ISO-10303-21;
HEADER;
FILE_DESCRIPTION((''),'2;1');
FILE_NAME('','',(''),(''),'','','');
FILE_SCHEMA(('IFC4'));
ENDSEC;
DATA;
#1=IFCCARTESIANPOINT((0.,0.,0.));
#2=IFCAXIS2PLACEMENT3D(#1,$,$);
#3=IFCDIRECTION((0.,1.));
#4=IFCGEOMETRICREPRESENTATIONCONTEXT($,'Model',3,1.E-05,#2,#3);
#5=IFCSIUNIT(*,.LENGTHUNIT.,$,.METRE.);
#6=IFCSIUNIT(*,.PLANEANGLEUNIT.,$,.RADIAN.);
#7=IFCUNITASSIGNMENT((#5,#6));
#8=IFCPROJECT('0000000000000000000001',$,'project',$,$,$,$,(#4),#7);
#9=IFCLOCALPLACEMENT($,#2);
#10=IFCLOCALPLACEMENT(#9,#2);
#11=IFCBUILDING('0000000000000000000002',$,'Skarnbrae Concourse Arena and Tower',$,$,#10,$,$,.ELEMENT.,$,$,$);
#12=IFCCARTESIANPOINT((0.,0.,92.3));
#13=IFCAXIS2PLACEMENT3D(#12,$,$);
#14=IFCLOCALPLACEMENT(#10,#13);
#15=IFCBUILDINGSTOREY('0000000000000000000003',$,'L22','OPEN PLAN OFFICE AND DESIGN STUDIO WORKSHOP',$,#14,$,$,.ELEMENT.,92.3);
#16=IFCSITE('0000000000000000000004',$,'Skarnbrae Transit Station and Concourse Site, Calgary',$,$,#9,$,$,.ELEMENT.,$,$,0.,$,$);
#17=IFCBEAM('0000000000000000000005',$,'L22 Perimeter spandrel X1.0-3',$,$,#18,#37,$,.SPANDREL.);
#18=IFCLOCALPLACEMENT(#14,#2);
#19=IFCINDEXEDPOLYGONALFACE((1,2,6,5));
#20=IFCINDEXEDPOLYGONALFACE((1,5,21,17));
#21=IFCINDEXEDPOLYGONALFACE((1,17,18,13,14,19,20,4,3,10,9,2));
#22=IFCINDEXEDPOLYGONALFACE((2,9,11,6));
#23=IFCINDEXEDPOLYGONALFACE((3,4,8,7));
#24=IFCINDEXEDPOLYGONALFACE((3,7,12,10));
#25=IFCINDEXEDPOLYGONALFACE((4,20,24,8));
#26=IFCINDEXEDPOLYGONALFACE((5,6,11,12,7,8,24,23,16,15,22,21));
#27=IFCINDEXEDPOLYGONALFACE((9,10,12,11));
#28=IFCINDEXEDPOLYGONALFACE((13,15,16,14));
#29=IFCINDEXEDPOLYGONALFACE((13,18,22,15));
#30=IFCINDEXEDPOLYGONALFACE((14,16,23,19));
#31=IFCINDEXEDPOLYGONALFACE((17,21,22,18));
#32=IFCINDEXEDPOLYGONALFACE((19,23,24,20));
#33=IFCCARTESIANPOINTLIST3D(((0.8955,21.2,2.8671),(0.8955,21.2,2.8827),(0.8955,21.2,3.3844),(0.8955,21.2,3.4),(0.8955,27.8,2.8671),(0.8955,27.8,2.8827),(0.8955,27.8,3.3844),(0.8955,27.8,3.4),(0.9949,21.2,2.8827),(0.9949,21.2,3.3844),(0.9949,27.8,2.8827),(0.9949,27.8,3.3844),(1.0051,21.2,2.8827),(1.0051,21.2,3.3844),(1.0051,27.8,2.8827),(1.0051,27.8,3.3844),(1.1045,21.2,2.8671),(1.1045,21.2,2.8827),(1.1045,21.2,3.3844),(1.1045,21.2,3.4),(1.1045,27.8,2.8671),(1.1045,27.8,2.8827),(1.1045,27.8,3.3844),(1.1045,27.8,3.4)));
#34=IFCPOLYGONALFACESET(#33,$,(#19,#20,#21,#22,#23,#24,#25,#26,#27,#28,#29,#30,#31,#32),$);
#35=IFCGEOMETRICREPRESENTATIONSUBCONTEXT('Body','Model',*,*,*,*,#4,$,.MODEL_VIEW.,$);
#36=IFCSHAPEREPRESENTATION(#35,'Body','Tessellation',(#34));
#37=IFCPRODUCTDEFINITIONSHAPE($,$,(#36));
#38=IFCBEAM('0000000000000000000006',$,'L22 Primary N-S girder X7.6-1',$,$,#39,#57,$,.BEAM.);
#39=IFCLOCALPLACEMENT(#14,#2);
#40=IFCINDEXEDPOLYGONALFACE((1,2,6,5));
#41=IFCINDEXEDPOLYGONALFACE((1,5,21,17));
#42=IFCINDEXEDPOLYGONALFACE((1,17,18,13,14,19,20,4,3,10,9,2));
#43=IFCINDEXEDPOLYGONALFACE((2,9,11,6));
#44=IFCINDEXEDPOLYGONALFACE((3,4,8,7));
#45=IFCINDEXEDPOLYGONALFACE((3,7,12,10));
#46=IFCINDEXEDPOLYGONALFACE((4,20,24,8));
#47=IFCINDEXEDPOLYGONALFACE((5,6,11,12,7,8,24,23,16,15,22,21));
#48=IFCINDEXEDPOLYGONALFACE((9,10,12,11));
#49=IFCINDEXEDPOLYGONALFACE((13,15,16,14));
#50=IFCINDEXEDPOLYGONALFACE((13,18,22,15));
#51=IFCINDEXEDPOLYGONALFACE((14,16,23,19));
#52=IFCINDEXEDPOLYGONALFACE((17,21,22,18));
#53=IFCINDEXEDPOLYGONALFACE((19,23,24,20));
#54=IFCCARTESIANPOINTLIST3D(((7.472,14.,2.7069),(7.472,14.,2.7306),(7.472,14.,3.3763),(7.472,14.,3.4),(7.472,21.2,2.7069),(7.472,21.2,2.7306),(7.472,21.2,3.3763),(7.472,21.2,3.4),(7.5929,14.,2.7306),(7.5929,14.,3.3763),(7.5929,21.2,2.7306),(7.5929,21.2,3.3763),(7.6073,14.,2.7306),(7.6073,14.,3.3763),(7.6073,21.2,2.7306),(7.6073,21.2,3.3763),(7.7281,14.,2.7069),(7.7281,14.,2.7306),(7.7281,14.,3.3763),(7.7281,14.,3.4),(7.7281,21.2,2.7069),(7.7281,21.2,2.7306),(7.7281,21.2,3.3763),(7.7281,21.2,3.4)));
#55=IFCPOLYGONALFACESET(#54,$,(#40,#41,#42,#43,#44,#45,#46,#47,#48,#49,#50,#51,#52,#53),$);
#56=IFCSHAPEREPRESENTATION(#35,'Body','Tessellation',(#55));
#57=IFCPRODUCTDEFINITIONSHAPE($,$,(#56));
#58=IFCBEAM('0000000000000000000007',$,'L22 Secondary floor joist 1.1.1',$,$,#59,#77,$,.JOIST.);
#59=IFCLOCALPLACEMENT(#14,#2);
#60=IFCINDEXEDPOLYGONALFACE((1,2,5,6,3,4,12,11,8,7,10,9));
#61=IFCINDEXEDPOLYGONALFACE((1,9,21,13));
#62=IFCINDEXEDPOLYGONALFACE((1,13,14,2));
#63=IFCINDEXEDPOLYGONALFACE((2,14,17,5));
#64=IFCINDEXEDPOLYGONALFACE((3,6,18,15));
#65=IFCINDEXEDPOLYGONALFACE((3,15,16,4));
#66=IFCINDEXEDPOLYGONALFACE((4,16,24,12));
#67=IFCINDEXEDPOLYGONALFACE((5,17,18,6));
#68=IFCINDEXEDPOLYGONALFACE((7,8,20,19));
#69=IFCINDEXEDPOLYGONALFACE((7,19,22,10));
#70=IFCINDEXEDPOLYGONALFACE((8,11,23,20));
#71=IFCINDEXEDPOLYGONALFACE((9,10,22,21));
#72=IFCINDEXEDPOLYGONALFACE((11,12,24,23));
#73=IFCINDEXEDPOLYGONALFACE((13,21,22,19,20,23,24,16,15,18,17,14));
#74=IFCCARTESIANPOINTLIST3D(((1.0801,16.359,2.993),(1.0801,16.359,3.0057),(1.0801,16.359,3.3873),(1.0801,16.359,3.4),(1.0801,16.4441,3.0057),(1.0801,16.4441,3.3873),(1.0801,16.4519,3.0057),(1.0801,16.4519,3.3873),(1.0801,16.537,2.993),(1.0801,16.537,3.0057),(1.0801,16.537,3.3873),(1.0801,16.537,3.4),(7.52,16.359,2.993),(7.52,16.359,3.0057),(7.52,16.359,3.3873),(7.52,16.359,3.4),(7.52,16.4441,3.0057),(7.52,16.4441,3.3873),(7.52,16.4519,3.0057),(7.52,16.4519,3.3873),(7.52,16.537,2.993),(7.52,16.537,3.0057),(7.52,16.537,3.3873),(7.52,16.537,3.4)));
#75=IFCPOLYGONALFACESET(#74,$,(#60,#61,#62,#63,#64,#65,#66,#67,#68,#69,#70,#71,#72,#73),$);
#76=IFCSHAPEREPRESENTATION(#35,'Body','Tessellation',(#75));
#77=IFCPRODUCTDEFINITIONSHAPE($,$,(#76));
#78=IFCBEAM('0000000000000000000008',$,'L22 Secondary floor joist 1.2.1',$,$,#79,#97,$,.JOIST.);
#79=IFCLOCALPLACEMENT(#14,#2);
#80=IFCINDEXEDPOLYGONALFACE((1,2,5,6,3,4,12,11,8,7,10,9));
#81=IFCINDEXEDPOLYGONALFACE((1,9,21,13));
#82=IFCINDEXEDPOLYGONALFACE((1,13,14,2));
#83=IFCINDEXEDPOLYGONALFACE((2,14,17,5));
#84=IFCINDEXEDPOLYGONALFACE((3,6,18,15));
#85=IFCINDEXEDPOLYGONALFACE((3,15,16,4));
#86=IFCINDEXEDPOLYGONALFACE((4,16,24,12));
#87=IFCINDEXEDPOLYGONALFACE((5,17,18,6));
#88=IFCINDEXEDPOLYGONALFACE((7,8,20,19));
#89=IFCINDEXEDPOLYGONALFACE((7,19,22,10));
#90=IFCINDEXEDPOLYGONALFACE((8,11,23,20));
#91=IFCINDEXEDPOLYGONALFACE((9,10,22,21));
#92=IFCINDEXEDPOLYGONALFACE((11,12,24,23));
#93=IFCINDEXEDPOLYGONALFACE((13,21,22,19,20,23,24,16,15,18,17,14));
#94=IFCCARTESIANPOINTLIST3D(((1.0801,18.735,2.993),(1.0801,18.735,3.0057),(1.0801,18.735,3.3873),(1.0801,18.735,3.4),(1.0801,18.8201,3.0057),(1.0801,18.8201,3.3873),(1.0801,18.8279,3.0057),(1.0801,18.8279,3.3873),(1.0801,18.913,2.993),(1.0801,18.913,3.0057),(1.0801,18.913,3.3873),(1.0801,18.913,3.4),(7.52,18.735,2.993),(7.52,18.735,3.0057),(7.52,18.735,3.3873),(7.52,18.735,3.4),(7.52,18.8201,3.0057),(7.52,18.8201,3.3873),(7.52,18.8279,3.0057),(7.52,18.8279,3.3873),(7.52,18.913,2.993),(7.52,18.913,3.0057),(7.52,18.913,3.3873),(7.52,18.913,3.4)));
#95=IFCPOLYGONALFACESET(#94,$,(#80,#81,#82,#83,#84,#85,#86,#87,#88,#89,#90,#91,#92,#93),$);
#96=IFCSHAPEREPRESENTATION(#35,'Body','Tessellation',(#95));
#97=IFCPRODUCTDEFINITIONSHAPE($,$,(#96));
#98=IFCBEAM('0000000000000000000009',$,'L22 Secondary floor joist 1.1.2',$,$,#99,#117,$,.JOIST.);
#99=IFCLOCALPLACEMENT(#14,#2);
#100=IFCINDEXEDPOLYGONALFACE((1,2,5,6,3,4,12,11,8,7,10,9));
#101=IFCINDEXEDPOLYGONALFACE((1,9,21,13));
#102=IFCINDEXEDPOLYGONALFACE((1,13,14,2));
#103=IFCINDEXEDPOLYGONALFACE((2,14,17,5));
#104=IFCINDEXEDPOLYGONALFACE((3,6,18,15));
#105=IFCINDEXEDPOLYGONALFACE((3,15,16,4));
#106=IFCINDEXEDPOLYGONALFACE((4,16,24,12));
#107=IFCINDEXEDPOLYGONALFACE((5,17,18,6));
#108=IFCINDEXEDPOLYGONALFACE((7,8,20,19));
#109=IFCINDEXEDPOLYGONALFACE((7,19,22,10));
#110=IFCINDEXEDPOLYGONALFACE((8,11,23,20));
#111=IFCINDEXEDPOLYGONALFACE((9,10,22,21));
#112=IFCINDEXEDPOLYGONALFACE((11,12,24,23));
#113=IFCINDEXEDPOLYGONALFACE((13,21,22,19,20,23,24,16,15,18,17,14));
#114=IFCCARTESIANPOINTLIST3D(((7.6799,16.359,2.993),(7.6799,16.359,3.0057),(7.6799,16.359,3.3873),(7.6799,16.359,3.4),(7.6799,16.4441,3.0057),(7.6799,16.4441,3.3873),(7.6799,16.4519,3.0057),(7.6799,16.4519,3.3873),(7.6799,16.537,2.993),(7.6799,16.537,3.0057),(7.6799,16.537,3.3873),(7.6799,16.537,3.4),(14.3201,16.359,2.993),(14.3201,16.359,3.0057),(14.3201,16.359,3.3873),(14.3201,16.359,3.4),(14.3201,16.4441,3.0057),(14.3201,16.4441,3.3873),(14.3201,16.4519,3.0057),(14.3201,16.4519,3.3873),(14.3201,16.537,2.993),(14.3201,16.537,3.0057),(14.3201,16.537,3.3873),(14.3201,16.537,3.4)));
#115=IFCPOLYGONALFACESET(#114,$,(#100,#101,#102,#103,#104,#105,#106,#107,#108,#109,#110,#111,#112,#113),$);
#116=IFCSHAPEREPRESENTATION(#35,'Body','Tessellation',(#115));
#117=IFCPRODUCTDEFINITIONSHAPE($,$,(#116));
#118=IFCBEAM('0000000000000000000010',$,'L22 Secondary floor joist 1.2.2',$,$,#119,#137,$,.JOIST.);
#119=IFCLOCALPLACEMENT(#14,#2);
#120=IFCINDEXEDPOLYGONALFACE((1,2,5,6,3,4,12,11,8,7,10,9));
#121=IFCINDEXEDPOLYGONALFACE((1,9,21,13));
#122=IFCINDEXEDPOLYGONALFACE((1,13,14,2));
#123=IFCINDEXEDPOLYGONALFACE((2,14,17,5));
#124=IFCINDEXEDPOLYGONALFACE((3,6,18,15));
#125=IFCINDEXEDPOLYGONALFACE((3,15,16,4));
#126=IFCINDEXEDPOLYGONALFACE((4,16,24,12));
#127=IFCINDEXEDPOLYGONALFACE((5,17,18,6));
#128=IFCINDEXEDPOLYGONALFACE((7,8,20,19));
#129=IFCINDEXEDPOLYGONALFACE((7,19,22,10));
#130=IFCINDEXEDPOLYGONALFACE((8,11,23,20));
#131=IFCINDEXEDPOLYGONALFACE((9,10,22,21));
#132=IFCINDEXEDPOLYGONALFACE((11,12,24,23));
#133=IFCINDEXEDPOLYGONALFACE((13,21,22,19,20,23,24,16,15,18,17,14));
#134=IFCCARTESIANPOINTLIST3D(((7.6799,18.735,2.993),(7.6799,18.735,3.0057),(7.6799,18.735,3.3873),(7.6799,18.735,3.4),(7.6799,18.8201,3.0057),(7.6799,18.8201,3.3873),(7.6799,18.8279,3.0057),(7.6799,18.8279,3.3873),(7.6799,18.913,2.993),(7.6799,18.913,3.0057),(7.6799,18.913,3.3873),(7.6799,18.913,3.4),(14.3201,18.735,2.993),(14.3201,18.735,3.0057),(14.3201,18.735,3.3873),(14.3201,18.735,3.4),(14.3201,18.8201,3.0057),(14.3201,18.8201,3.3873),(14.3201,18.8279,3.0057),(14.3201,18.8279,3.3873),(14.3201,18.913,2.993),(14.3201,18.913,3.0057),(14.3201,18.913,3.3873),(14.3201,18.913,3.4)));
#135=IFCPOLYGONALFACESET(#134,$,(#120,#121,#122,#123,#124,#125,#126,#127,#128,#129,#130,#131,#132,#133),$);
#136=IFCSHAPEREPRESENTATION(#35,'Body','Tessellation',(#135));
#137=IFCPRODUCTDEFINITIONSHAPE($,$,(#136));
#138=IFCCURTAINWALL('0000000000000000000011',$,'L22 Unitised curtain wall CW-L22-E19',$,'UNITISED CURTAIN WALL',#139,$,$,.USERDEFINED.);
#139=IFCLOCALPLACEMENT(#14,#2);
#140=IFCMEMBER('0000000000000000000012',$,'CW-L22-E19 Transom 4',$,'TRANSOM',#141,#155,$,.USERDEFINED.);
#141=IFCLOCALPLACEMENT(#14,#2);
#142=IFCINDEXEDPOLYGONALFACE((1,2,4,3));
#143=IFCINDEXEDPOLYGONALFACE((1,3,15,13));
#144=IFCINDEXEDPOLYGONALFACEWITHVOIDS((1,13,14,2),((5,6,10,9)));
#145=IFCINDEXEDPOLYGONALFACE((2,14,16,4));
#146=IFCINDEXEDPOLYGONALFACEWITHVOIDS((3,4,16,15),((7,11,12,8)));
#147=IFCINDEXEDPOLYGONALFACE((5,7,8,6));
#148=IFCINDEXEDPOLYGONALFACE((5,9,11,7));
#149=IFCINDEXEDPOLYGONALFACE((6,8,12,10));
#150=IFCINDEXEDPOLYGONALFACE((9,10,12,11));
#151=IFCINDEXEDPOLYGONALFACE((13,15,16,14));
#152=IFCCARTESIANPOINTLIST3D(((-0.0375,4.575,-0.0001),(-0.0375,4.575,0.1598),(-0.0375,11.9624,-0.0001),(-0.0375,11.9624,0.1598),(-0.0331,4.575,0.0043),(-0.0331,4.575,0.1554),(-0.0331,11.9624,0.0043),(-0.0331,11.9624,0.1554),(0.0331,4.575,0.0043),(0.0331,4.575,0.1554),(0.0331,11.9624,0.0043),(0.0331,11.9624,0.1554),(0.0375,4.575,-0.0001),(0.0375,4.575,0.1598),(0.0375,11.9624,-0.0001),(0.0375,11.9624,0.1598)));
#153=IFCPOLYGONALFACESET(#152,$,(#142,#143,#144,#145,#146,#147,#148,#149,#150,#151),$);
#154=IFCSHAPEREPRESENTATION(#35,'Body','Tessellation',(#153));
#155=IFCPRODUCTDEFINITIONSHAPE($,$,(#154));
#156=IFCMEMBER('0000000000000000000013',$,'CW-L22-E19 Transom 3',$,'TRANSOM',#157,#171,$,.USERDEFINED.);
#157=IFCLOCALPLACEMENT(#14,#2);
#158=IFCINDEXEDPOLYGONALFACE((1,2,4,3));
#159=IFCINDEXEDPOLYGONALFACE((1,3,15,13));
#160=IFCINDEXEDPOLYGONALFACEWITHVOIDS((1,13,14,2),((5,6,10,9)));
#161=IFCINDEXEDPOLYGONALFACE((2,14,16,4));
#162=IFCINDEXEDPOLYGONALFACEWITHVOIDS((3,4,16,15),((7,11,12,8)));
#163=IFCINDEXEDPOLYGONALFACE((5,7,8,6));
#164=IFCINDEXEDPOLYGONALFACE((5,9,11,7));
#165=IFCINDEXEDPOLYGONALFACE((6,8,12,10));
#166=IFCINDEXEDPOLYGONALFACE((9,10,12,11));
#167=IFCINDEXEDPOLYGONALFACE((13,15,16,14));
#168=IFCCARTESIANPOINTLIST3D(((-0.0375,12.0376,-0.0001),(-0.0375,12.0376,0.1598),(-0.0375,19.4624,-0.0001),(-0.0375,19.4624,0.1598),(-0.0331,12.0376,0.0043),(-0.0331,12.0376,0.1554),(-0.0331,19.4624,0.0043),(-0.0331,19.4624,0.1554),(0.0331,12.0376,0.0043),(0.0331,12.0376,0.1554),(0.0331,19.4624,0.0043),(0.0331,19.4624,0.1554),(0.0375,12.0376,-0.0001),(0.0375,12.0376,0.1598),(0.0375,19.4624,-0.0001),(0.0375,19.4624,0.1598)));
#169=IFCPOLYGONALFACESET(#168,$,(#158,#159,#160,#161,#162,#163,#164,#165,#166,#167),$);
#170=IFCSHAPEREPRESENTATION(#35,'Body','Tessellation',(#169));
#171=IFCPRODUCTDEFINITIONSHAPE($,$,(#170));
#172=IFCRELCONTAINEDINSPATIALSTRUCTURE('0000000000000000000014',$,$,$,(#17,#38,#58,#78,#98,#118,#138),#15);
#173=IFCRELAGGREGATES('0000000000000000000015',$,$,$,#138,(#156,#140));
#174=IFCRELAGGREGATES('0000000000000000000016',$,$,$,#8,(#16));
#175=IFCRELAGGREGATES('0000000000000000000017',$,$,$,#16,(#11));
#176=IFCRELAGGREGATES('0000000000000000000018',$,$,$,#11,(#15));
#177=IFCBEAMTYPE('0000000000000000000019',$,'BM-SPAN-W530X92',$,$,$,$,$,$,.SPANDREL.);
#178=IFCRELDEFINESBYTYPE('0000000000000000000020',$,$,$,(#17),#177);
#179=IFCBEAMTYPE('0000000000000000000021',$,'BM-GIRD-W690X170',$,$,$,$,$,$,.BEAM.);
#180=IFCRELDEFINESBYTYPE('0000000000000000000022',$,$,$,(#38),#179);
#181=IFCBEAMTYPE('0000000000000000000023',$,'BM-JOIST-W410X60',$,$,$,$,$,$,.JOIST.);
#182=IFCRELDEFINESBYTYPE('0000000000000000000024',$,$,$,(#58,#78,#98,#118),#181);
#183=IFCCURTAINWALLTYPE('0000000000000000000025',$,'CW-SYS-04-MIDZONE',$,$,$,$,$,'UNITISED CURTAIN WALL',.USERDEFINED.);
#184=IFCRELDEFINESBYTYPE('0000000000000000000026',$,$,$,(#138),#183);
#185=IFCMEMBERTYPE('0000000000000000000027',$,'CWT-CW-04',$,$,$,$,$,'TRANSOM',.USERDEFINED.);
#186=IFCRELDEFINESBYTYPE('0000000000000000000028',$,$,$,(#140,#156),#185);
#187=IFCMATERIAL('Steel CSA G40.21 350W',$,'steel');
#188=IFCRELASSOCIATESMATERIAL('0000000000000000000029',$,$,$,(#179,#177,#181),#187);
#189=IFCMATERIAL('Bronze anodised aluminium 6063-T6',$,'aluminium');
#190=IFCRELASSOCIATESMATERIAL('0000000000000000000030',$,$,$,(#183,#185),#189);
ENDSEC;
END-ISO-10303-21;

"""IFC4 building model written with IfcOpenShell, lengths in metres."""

from ifc_helpers import new_model, si_unit, direction, frame, origin, origin_2d, place, context, subcontext, project, spatial, hollow_rectangle, i_section, extrude, source, transform, mapped, material, material_profile, profile_set, type_object, element, aggregate, save


model = new_model("IFC4")

# Units and contexts
model_context = context("Model", 3, precision=1e-05, world=origin(), true_north=direction((0.0, 1.0)))
body_context = subcontext(model_context, "Body", "Model", "MODEL_VIEW")
ifc_project = project(units=[si_unit("LENGTHUNIT", "METRE"), si_unit("PLANEANGLEUNIT", "RADIAN")], contexts=[model_context])

# Site, building, storey
site_placement = place(None, origin())
site = spatial("IfcSite", under=ifc_project, at=site_placement, Name="Skarnbrae Transit Station and Concourse Site, Calgary", CompositionType="ELEMENT", RefElevation=0.0)
building_placement = place(site_placement, origin())
building = spatial("IfcBuilding", under=site, at=building_placement, Name="Skarnbrae Concourse Arena and Tower", CompositionType="ELEMENT")
storey_placement = place(building_placement, frame((0.0, 0.0, 92.3)))
storey = spatial("IfcBuildingStorey", under=building, at=storey_placement, Name="L22", Description="OPEN PLAN OFFICE AND DESIGN STUDIO WORKSHOP", CompositionType="ELEMENT", Elevation=92.3)

# Shared definitions
ifc_material_1 = material(Name="Steel CSA G40.21 350W", Category="steel")

# Beams
ifc_material_profile_1 = material_profile(ifc_material_1, i_section(OverallWidth=0.2561, OverallDepth=0.6931, WebThickness=0.0144, FlangeThickness=0.0237, at=origin_2d()), Name="W690X170")
ifc_profile_set_1 = profile_set([ifc_material_profile_1], Name="Steel CSA G40.21 350W")
beam_type_1 = type_object("IfcBeamType", Name="BM-GIRD-W690X170", PredefinedType="BEAM", material=ifc_profile_set_1)
ifc_material_profile_2 = material_profile(ifc_material_1, i_section(OverallWidth=0.209, OverallDepth=0.533, WebThickness=0.0103, FlangeThickness=0.0156, at=origin_2d()), Name="W530X92")
ifc_profile_set_2 = profile_set([ifc_material_profile_2], Name="Steel CSA G40.21 350W")
beam_type_2 = type_object("IfcBeamType", Name="BM-SPAN-W530X92", PredefinedType="SPANDREL", material=ifc_profile_set_2)
shared_shape_1 = source(origin(), body_context, "Body", "SweptSolid", [
    extrude(i_section(OverallWidth=0.209, OverallDepth=0.533, WebThickness=0.0103, FlangeThickness=0.0156, at=origin_2d()), origin(), (0.0, 0.0, 1.0), 6.6001),
])
beam_1_placement = place(storey_placement, frame((1.0, 21.2, 3.1335), z_axis=(0.0, 1.0, 0.0), x_axis=(-1.0, 0.0, 0.0)))
element("IfcBeam", 1, at=beam_1_placement, inside=storey, type_object=beam_type_2, Name="L22 Perimeter spandrel X1.0-3", PredefinedType="SPANDREL", context=body_context, shape_type="MappedRepresentation", body=[
    mapped(shared_shape_1, transform((0.0, 0.0, 0.0))),
])
shared_shape_2 = source(origin(), body_context, "Body", "SweptSolid", [
    extrude(i_section(OverallWidth=0.2561, OverallDepth=0.6931, WebThickness=0.0144, FlangeThickness=0.0237, at=origin_2d()), origin(), (0.0, 0.0, 1.0), 7.2),
])
beam_2_placement = place(storey_placement, frame((7.6001, 14.0, 3.0535), z_axis=(0.0, 1.0, 0.0), x_axis=(-1.0, 0.0, 0.0)))
element("IfcBeam", 2, at=beam_2_placement, inside=storey, type_object=beam_type_1, Name="L22 Primary N-S girder X7.6-1", PredefinedType="BEAM", context=body_context, shape_type="MappedRepresentation", body=[
    mapped(shared_shape_2, transform((0.0, 0.0, 0.0))),
])
ifc_material_profile_3 = material_profile(ifc_material_1, i_section(OverallWidth=0.178, OverallDepth=0.407, WebThickness=0.0078, FlangeThickness=0.0127, at=origin_2d()), Name="W410X60")
ifc_profile_set_3 = profile_set([ifc_material_profile_3], Name="Steel CSA G40.21 350W")
beam_type_3 = type_object("IfcBeamType", Name="BM-JOIST-W410X60", PredefinedType="JOIST", material=ifc_profile_set_3)
shared_shape_3 = source(origin(), body_context, "Body", "SweptSolid", [
    extrude(i_section(OverallWidth=0.178, OverallDepth=0.407, WebThickness=0.0078, FlangeThickness=0.0127, at=origin_2d()), origin(), (0.0, 0.0, 1.0), 6.4399),
])
for number, where, z_axis, x_axis, name in (
    (3, (1.0801, 16.448, 3.1965), (1.0, 0.0, 0.0), (0.0, 1.0, 0.0), "L22 Secondary floor joist 1.1.1"),
    (4, (1.0801, 18.824, 3.1965), (1.0, 0.0, 0.0), (0.0, 1.0, 0.0), "L22 Secondary floor joist 1.2.1"),
):
    element("IfcBeam", number, at=place(storey_placement, frame(where, z_axis=z_axis, x_axis=x_axis)), inside=storey, type_object=beam_type_3, Name=name, PredefinedType="JOIST", context=body_context, shape_type="MappedRepresentation", body=[
        mapped(shared_shape_3, transform((0.0, 0.0, 0.0))),
    ])
shared_shape_4 = source(origin(), body_context, "Body", "SweptSolid", [
    extrude(i_section(OverallWidth=0.178, OverallDepth=0.407, WebThickness=0.0078, FlangeThickness=0.0127, at=origin_2d()), origin(), (0.0, 0.0, 1.0), 6.6401),
])
for number, where, z_axis, x_axis, name in (
    (5, (7.6799, 16.448, 3.1965), (1.0, 0.0, 0.0), (0.0, 1.0, 0.0), "L22 Secondary floor joist 1.1.2"),
    (6, (7.6799, 18.824, 3.1965), (1.0, 0.0, 0.0), (0.0, 1.0, 0.0), "L22 Secondary floor joist 1.2.2"),
):
    element("IfcBeam", number, at=place(storey_placement, frame(where, z_axis=z_axis, x_axis=x_axis)), inside=storey, type_object=beam_type_3, Name=name, PredefinedType="JOIST", context=body_context, shape_type="MappedRepresentation", body=[
        mapped(shared_shape_4, transform((0.0, 0.0, 0.0))),
    ])

# Curtain wall, members
ifc_material_2 = material(Name="Bronze anodised aluminium 6063-T6", Category="aluminium")
curtain_wall_type = type_object("IfcCurtainWallType", Name="CW-SYS-04-MIDZONE", ElementType="UNITISED CURTAIN WALL", PredefinedType="USERDEFINED", material=ifc_material_2)
curtain_wall_placement = place(storey_placement, origin())
curtain_wall = element("IfcCurtainWall", 7, at=curtain_wall_placement, inside=storey, type_object=curtain_wall_type, Name="L22 Unitised curtain wall CW-L22-E19", ObjectType="UNITISED CURTAIN WALL", PredefinedType="USERDEFINED")
ifc_material_profile_4 = material_profile(ifc_material_2, hollow_rectangle(XDim=0.075, YDim=0.1599, WallThickness=0.0044, at=origin_2d()), Name="ALU-TRAN-75X160")
ifc_profile_set_4 = profile_set([ifc_material_profile_4], Name="Bronze anodised aluminium 6063-T6")
member_type_1 = type_object("IfcMemberType", Name="CWT-CW-04", ElementType="TRANSOM", PredefinedType="USERDEFINED", material=ifc_profile_set_4)
shared_shape_5 = source(origin(), body_context, "Body", "SweptSolid", [
    extrude(hollow_rectangle(XDim=0.075, YDim=0.1599, WallThickness=0.0044, at=origin_2d()), origin(), (0.0, 0.0, 1.0), 7.3875),
])
member_1_placement = place(storey_placement, frame((0.0, 11.9624, 0.0798), z_axis=(0.0, -1.0, 0.0), x_axis=(1.0, 0.0, 0.0)))
member_1 = element("IfcMember", 8, at=member_1_placement, type_object=member_type_1, Name="CW-L22-E19 Transom 4", ObjectType="TRANSOM", PredefinedType="USERDEFINED", context=body_context, shape_type="MappedRepresentation", body=[
    mapped(shared_shape_5, transform((0.0, 0.0, 0.0))),
])
shared_shape_6 = source(origin(), body_context, "Body", "SweptSolid", [
    extrude(hollow_rectangle(XDim=0.075, YDim=0.1599, WallThickness=0.0044, at=origin_2d()), origin(), (0.0, 0.0, 1.0), 7.4248),
])
member_2_placement = place(storey_placement, frame((0.0, 19.4624, 0.0798), z_axis=(0.0, -1.0, 0.0), x_axis=(1.0, 0.0, 0.0)))
member_2 = element("IfcMember", 9, at=member_2_placement, type_object=member_type_1, Name="CW-L22-E19 Transom 3", ObjectType="TRANSOM", PredefinedType="USERDEFINED", context=body_context, shape_type="MappedRepresentation", body=[
    mapped(shared_shape_6, transform((0.0, 0.0, 0.0))),
])
aggregate(curtain_wall, [member_2, member_1])

save(model, "model.ifc")
